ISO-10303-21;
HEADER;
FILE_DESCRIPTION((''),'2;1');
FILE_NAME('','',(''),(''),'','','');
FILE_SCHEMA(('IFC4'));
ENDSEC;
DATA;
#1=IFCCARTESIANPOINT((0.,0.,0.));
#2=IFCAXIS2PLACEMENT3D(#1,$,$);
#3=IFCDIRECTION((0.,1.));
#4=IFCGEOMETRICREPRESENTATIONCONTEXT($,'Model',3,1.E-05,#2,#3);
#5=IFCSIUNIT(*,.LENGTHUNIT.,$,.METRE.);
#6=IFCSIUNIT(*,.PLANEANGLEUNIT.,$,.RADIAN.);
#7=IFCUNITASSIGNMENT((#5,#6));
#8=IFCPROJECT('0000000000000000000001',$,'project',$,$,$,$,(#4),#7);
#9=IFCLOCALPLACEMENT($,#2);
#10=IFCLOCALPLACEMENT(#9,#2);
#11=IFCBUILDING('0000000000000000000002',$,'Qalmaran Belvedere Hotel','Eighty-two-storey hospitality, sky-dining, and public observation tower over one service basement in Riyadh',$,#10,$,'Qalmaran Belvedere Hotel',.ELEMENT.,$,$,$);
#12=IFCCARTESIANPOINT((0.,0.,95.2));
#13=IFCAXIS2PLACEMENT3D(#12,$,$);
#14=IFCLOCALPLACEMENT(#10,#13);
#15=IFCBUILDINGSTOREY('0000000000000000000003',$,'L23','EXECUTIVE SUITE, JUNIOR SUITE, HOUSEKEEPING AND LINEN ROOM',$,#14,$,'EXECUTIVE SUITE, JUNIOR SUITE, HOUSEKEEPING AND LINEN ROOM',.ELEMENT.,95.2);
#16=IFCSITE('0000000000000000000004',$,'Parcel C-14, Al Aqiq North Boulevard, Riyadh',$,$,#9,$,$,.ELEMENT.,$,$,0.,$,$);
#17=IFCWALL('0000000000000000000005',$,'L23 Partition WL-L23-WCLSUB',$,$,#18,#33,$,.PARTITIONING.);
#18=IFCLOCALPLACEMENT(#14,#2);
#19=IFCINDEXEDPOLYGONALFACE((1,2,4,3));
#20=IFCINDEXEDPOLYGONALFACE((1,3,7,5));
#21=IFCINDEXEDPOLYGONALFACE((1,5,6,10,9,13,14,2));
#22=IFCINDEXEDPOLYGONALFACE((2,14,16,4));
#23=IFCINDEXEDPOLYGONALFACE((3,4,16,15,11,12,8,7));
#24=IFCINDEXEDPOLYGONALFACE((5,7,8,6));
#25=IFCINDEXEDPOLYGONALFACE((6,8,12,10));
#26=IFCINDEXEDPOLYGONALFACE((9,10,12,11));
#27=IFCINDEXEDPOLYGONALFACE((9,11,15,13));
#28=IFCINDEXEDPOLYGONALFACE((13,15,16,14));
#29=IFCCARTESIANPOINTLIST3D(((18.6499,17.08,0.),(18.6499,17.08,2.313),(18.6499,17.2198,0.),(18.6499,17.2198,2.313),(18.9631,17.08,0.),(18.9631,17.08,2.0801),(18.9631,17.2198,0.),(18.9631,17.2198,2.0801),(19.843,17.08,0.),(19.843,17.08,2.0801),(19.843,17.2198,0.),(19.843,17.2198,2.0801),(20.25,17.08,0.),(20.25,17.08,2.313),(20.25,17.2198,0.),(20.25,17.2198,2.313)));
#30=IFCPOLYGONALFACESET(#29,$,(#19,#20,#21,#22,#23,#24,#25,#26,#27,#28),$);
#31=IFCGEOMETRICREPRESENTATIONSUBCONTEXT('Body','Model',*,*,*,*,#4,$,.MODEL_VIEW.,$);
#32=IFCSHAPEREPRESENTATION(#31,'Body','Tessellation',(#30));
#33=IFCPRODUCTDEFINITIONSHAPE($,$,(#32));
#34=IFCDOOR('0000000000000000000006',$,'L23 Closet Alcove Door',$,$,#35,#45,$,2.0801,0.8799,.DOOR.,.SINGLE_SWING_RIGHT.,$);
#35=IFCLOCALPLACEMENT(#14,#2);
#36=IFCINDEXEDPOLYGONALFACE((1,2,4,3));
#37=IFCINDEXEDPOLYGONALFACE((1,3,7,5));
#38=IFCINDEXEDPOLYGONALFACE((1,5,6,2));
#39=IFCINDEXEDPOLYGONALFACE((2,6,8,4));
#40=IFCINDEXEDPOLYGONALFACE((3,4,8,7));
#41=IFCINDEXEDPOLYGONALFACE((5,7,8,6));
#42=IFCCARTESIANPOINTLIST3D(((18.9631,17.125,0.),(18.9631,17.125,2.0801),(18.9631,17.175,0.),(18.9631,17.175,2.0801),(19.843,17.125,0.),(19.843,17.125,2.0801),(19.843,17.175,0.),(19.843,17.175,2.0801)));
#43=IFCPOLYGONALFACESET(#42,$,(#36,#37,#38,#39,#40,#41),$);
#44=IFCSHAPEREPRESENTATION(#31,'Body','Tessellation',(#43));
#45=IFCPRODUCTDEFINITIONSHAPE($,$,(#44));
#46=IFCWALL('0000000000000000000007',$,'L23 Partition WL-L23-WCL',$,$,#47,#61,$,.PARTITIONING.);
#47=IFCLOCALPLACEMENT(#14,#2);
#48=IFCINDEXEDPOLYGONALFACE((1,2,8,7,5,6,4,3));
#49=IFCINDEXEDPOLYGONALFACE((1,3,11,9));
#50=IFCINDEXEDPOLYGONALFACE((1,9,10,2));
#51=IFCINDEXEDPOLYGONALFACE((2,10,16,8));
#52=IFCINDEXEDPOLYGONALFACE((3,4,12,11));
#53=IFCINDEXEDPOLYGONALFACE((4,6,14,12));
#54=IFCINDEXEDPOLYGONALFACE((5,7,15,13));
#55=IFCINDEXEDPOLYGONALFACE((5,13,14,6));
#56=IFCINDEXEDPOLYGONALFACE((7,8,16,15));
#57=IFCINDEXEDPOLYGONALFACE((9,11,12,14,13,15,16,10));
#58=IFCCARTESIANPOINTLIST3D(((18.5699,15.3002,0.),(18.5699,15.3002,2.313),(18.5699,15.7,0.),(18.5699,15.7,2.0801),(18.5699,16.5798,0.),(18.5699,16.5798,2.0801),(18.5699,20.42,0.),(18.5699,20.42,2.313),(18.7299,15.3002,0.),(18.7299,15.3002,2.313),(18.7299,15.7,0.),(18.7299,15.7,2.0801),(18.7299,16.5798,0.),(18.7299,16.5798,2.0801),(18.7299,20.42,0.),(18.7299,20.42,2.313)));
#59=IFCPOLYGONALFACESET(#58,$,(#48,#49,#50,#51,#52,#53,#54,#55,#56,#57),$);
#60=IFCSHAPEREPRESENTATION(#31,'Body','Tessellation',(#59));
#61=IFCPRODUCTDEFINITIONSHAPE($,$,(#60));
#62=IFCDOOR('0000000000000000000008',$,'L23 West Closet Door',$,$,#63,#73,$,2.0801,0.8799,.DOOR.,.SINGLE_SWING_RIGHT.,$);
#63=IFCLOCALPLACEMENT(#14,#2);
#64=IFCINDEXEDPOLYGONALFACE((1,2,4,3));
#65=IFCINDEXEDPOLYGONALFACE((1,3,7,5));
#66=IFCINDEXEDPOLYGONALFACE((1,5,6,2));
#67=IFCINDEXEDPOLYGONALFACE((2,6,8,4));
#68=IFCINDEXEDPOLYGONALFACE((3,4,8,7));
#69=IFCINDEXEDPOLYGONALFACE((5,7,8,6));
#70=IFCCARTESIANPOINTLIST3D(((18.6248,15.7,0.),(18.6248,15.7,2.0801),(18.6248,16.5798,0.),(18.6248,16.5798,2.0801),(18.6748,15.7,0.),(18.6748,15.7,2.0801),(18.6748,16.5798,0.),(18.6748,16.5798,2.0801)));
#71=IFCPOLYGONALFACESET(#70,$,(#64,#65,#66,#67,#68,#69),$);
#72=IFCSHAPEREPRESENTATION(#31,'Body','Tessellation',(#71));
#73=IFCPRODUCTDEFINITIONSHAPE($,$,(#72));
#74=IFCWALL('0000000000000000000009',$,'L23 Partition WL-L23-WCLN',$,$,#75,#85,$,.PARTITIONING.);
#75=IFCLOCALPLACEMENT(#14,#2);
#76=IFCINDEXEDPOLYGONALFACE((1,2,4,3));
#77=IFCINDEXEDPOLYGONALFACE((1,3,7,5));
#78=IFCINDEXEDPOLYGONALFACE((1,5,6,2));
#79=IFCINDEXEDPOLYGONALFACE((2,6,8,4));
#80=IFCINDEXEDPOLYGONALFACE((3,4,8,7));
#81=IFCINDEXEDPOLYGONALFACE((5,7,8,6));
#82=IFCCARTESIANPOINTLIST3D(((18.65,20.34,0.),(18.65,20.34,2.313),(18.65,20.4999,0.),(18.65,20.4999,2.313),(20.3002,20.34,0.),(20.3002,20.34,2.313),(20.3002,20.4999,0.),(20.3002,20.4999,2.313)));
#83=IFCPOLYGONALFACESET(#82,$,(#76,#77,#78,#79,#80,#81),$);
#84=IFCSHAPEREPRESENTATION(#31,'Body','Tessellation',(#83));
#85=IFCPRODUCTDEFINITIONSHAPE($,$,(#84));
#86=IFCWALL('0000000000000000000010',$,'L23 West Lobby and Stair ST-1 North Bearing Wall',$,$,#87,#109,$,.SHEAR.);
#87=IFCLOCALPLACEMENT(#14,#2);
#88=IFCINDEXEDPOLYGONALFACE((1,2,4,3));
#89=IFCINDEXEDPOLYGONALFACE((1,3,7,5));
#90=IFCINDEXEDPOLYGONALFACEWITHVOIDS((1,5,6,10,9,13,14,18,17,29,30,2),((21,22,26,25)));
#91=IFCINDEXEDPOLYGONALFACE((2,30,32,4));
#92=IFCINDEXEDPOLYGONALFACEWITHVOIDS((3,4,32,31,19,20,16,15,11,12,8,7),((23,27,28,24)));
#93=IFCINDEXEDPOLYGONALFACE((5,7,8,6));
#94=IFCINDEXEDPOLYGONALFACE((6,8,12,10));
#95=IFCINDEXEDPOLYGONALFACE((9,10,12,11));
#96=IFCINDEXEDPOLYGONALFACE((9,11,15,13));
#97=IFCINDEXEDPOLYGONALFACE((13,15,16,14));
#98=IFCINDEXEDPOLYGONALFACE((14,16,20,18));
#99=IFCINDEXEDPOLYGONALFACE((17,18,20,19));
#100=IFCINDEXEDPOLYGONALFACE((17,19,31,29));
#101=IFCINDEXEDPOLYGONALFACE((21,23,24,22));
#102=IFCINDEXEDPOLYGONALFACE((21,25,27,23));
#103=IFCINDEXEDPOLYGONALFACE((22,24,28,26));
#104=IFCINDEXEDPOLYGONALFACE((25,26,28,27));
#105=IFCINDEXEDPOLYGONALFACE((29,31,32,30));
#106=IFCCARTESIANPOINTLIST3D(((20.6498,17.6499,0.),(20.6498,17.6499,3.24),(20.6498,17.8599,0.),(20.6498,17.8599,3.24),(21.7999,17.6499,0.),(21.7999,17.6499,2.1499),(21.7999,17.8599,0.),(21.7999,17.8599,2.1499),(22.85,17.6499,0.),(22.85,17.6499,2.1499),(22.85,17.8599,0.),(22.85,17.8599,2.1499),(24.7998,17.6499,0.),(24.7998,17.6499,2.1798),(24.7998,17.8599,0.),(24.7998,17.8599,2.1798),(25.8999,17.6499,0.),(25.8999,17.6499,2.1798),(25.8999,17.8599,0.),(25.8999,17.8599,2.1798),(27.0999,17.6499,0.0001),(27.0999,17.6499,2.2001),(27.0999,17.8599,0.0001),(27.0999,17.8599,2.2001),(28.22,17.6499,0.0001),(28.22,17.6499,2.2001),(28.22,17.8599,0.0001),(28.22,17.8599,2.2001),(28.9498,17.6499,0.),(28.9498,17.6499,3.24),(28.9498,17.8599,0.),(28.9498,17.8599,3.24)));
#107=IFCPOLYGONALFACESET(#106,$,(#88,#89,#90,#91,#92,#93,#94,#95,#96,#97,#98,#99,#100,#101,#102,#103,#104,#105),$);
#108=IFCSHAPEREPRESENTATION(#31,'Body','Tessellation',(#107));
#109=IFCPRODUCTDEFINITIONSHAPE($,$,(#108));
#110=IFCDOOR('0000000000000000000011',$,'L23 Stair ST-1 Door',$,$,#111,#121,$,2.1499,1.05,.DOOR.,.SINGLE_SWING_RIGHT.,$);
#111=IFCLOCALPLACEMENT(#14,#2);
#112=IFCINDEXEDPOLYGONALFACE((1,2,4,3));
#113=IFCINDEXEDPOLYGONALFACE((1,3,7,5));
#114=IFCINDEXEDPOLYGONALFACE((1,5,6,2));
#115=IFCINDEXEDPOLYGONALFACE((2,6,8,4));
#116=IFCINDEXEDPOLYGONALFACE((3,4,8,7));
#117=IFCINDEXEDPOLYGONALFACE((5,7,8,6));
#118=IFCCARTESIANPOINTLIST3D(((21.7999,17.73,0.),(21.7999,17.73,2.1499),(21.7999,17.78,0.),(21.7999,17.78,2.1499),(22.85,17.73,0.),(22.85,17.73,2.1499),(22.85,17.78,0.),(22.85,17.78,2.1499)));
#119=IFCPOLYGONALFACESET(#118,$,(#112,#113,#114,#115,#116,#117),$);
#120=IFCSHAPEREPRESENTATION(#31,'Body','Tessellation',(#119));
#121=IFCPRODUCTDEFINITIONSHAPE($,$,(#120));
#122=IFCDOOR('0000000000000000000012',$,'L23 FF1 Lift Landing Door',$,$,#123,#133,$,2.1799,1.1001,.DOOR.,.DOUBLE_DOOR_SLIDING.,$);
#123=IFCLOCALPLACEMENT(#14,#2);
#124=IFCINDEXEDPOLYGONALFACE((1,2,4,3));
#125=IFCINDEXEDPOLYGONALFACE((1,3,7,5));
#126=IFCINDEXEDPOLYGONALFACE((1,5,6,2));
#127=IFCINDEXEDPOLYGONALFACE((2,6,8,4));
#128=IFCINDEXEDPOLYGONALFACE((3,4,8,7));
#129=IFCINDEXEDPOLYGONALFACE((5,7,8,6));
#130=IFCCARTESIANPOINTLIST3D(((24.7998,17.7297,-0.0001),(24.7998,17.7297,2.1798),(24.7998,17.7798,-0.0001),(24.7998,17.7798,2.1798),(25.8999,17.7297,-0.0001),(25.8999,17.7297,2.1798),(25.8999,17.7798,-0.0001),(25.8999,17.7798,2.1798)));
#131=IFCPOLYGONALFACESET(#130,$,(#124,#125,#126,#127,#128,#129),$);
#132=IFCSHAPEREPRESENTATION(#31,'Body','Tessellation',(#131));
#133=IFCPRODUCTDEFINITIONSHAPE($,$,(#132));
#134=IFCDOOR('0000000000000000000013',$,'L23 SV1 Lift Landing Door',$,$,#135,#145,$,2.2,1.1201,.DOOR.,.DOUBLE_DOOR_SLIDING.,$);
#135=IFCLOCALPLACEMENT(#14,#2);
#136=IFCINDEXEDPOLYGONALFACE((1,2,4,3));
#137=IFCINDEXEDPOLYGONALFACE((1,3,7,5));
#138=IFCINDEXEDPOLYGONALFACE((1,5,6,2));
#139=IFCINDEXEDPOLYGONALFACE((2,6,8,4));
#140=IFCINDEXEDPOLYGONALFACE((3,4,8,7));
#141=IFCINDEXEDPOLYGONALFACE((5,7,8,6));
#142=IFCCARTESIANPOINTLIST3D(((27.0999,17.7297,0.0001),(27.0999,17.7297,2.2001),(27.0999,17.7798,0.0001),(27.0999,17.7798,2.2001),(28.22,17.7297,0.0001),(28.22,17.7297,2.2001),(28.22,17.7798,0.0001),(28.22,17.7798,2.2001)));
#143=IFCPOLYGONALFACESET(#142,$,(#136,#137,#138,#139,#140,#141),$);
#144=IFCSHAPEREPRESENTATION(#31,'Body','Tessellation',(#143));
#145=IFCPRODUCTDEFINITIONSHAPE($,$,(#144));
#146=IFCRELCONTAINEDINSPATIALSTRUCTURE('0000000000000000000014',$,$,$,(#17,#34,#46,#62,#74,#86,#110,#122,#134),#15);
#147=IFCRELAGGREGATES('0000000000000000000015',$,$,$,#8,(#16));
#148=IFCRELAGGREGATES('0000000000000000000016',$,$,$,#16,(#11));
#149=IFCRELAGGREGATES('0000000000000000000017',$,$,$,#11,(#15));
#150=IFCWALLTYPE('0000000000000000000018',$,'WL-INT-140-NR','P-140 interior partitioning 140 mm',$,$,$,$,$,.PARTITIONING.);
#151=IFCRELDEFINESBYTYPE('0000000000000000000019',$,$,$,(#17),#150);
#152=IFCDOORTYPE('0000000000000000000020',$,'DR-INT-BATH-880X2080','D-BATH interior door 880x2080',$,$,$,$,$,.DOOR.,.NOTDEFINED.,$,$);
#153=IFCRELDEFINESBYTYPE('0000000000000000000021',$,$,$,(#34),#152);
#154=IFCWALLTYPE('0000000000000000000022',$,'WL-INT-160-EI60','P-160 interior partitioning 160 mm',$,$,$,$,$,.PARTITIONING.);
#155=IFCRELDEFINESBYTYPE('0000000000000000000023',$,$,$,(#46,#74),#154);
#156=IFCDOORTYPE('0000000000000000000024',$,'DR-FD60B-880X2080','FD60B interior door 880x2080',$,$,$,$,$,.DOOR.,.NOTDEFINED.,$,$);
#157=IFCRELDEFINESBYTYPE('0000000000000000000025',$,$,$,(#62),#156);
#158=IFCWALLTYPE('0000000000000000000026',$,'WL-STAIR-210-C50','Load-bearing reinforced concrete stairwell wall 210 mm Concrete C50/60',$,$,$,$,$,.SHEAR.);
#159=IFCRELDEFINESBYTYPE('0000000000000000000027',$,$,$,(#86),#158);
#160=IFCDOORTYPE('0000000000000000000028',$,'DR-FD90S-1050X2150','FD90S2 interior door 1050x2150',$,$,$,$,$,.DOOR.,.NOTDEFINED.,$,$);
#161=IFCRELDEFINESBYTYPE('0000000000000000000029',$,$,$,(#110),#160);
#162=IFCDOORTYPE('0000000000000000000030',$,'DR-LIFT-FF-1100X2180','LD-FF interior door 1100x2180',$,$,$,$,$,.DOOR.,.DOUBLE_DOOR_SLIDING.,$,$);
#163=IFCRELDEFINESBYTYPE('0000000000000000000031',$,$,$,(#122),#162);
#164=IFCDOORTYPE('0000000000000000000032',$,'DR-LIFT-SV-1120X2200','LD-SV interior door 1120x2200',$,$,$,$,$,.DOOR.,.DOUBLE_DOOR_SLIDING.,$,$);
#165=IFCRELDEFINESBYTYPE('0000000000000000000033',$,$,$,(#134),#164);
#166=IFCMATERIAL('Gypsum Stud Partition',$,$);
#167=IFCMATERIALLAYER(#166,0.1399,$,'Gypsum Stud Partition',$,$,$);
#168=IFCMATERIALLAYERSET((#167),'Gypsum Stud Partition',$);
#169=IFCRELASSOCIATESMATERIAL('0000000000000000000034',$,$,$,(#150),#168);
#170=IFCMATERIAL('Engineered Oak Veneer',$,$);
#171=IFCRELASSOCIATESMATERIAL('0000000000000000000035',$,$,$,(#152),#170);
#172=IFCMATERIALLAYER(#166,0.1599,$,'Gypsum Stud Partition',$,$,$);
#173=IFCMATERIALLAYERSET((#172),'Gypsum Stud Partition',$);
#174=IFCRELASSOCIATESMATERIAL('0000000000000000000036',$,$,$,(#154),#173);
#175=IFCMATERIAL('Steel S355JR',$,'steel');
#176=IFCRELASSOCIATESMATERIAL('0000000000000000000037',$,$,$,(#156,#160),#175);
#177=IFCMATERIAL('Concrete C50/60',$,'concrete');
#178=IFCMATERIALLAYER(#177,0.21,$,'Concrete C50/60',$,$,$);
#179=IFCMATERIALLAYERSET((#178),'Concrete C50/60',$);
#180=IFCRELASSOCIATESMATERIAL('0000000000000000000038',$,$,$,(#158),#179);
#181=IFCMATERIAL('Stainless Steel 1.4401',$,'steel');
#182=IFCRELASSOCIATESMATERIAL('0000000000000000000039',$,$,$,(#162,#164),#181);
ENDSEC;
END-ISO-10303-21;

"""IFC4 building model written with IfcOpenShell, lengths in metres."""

from ifc_helpers import new_model, si_unit, direction, frame, frame_2d, origin, place, context, subcontext, project, spatial, rectangle, extrude, material, layer, layer_set, type_object, element, fill, save


model = new_model("IFC4")

# Units and contexts
model_context = context("Model", 3, precision=1e-05, world=origin(), true_north=direction((0.0, 1.0)))
body_context = subcontext(model_context, "Body", "Model", "MODEL_VIEW")
ifc_project = project(units=[si_unit("LENGTHUNIT", "METRE"), si_unit("PLANEANGLEUNIT", "RADIAN")], contexts=[model_context])

# Site, building, storey
site_placement = place(None, origin())
site = spatial("IfcSite", under=ifc_project, at=site_placement, Name="Parcel C-14, Al Aqiq North Boulevard, Riyadh", CompositionType="ELEMENT", RefElevation=0.0)
building_placement = place(site_placement, origin())
building = spatial("IfcBuilding", under=site, at=building_placement, Name="Qalmaran Belvedere Hotel", Description="Eighty-two-storey hospitality, sky-dining, and public observation tower over one service basement in Riyadh", LongName="Qalmaran Belvedere Hotel", CompositionType="ELEMENT")
storey_placement = place(building_placement, frame((0.0, 0.0, 95.2)))
storey = spatial("IfcBuildingStorey", under=building, at=storey_placement, Name="L23", Description="EXECUTIVE SUITE, JUNIOR SUITE, HOUSEKEEPING AND LINEN ROOM", LongName="EXECUTIVE SUITE, JUNIOR SUITE, HOUSEKEEPING AND LINEN ROOM", CompositionType="ELEMENT", Elevation=95.2)

# Walls, openings, doors
ifc_material_1 = material(Name="Gypsum Stud Partition")
ifc_layer_1 = layer(ifc_material_1, 0.1399, Name="Gypsum Stud Partition")
ifc_layer_set_1 = layer_set([ifc_layer_1], Name="Gypsum Stud Partition")
wall_type_1 = type_object("IfcWallType", Name="WL-INT-140-NR", Description="P-140 interior partitioning 140 mm", PredefinedType="PARTITIONING", material=ifc_layer_set_1)
wall_1_placement = place(storey_placement, frame((18.6499, 17.1499, 0.0), z_axis=(0.0, 0.0, 1.0), x_axis=(1.0, 0.0, 0.0)))
wall_1 = element("IfcWall", 1, at=wall_1_placement, inside=storey, type_object=wall_type_1, Name="L23 Partition WL-L23-WCLSUB", PredefinedType="PARTITIONING", context=body_context, shape_type="SweptSolid", body=[
    extrude(rectangle(XDim=1.6001, YDim=0.1399, at=frame_2d((0.8, 0.0))), origin(), (0.0, 0.0, 1.0), 2.313),
])
opening_1_placement = place(wall_1_placement, frame((1.1931, 0.0, 0.0), z_axis=(0.0, 0.0, 1.0), x_axis=(-1.0, 0.0, 0.0)))
opening_1 = element("IfcOpeningElement", 2, at=opening_1_placement, cuts=wall_1, PredefinedType="OPENING", context=body_context, shape_type="SweptSolid", body=[
    extrude(rectangle(XDim=0.8799, YDim=2.0801, at=frame_2d((0.4399, 1.04))), frame((0.0, 0.0801, 0.0), z_axis=(0.0, -1.0, 0.0), x_axis=(1.0, 0.0, 0.0)), (0.0, 0.0, 1.0), 0.1599),
])
ifc_material_2 = material(Name="Engineered Oak Veneer")
door_type_1 = type_object("IfcDoorType", Name="DR-INT-BATH-880X2080", Description="D-BATH interior door 880x2080", OperationType="NOTDEFINED", PredefinedType="DOOR", material=ifc_material_2)
door_1_placement = place(opening_1_placement, origin())
door_1 = element("IfcDoor", 3, at=door_1_placement, inside=storey, type_object=door_type_1, Name="L23 Closet Alcove Door", OperationType="SINGLE_SWING_RIGHT", OverallHeight=2.0801, OverallWidth=0.8799, PredefinedType="DOOR", context=body_context, shape_type="SweptSolid", body=[
    extrude(rectangle(XDim=0.8799, YDim=2.0801, at=frame_2d((0.4399, 1.04))), frame((0.0, 0.0249, 0.0), z_axis=(0.0, -1.0, 0.0), x_axis=(1.0, 0.0, 0.0)), (0.0, 0.0, 1.0), 0.05),
])
fill(opening_1, door_1)
ifc_layer_2 = layer(ifc_material_1, 0.1599, Name="Gypsum Stud Partition")
ifc_layer_set_2 = layer_set([ifc_layer_2], Name="Gypsum Stud Partition")
wall_type_2 = type_object("IfcWallType", Name="WL-INT-160-EI60", Description="P-160 interior partitioning 160 mm", PredefinedType="PARTITIONING", material=ifc_layer_set_2)
wall_2_placement = place(storey_placement, frame((18.6499, 15.3, 0.0), z_axis=(0.0, 0.0, 1.0), x_axis=(0.0, 1.0, 0.0)))
wall_2 = element("IfcWall", 4, at=wall_2_placement, inside=storey, type_object=wall_type_2, Name="L23 Partition WL-L23-WCL", PredefinedType="PARTITIONING", context=body_context, shape_type="SweptSolid", body=[
    extrude(rectangle(XDim=5.1199, YDim=0.1599, at=frame_2d((2.5601, 0.0))), origin(), (0.0, 0.0, 1.0), 2.313),
])
opening_2_placement = place(wall_2_placement, frame((1.2798, 0.0, 0.0), z_axis=(0.0, 0.0, 1.0), x_axis=(-1.0, 0.0, 0.0)))
opening_2 = element("IfcOpeningElement", 5, at=opening_2_placement, cuts=wall_2, PredefinedType="OPENING", context=body_context, shape_type="SweptSolid", body=[
    extrude(rectangle(XDim=0.8799, YDim=2.0801, at=frame_2d((0.4399, 1.04))), frame((0.0, 0.0898, 0.0), z_axis=(0.0, -1.0, 0.0), x_axis=(1.0, 0.0, 0.0)), (0.0, 0.0, 1.0), 0.1799),
])
ifc_material_3 = material(Name="Steel S355JR", Category="steel")
door_type_2 = type_object("IfcDoorType", Name="DR-FD60B-880X2080", Description="FD60B interior door 880x2080", OperationType="NOTDEFINED", PredefinedType="DOOR", material=ifc_material_3)
door_2_placement = place(opening_2_placement, origin())
door_2 = element("IfcDoor", 6, at=door_2_placement, inside=storey, type_object=door_type_2, Name="L23 West Closet Door", OperationType="SINGLE_SWING_RIGHT", OverallHeight=2.0801, OverallWidth=0.8799, PredefinedType="DOOR", context=body_context, shape_type="SweptSolid", body=[
    extrude(rectangle(XDim=0.8799, YDim=2.0801, at=frame_2d((0.4399, 1.04))), frame((0.0, 0.0249, 0.0), z_axis=(0.0, -1.0, 0.0), x_axis=(1.0, 0.0, 0.0)), (0.0, 0.0, 1.0), 0.05),
])
fill(opening_2, door_2)

# Wall
wall_3_placement = place(storey_placement, frame((18.6499, 20.4199, 0.0), z_axis=(0.0, 0.0, 1.0), x_axis=(1.0, 0.0, 0.0)))
element("IfcWall", 7, at=wall_3_placement, inside=storey, type_object=wall_type_2, Name="L23 Partition WL-L23-WCLN", PredefinedType="PARTITIONING", context=body_context, shape_type="SweptSolid", body=[
    extrude(rectangle(XDim=1.6501, YDim=0.1599, at=frame_2d((0.8252, 0.0))), origin(), (0.0, 0.0, 1.0), 2.313),
])

# Wall, openings, doors
ifc_material_4 = material(Name="Concrete C50/60", Category="concrete")
ifc_layer_3 = layer(ifc_material_4, 0.21, Name="Concrete C50/60")
ifc_layer_set_3 = layer_set([ifc_layer_3], Name="Concrete C50/60")
wall_type_3 = type_object("IfcWallType", Name="WL-STAIR-210-C50", Description="Load-bearing reinforced concrete stairwell wall 210 mm Concrete C50/60", PredefinedType="SHEAR", material=ifc_layer_set_3)
wall_4_placement = place(storey_placement, frame((20.6499, 17.7549, 0.0), z_axis=(0.0, 0.0, 1.0), x_axis=(1.0, 0.0, 0.0)))
wall_4 = element("IfcWall", 8, at=wall_4_placement, inside=storey, type_object=wall_type_3, Name="L23 West Lobby and Stair ST-1 North Bearing Wall", PredefinedType="SHEAR", context=body_context, shape_type="SweptSolid", body=[
    extrude(rectangle(XDim=8.3, YDim=0.21, at=frame_2d((4.1499, 0.0))), origin(), (0.0, 0.0, 1.0), 3.24),
])
opening_3_placement = place(wall_4_placement, frame((2.2, 0.0, 0.0), z_axis=(0.0, 0.0, 1.0), x_axis=(-1.0, 0.0, 0.0)))
opening_3 = element("IfcOpeningElement", 9, at=opening_3_placement, cuts=wall_4, PredefinedType="OPENING", context=body_context, shape_type="SweptSolid", body=[
    extrude(rectangle(XDim=1.05, YDim=2.1499, at=frame_2d((0.5249, 1.075))), frame((0.0, 0.115, 0.0), z_axis=(0.0, -1.0, 0.0), x_axis=(1.0, 0.0, 0.0)), (0.0, 0.0, 1.0), 0.23),
])
opening_4_placement = place(wall_4_placement, frame((4.1499, 0.0, 0.0)))
opening_4 = element("IfcOpeningElement", 10, at=opening_4_placement, cuts=wall_4, PredefinedType="OPENING", context=body_context, shape_type="SweptSolid", body=[
    extrude(rectangle(XDim=1.1001, YDim=2.1799, at=frame_2d((0.55, 1.0898))), frame((0.0, 0.115, 0.0), z_axis=(0.0, -1.0, 0.0), x_axis=(1.0, 0.0, 0.0)), (0.0, 0.0, 1.0), 0.23),
])
opening_5_placement = place(wall_4_placement, frame((6.45, 0.0, 0.0)))
opening_5 = element("IfcOpeningElement", 11, at=opening_5_placement, cuts=wall_4, PredefinedType="OPENING", context=body_context, shape_type="SweptSolid", body=[
    extrude(rectangle(XDim=1.1201, YDim=2.2, at=frame_2d((0.5601, 1.1001))), frame((0.0, 0.115, 0.0), z_axis=(0.0, -1.0, 0.0), x_axis=(1.0, 0.0, 0.0)), (0.0, 0.0, 1.0), 0.23),
])
door_type_3 = type_object("IfcDoorType", Name="DR-FD90S-1050X2150", Description="FD90S2 interior door 1050x2150", OperationType="NOTDEFINED", PredefinedType="DOOR", material=ifc_material_3)
door_3_placement = place(opening_3_placement, origin())
door_3 = element("IfcDoor", 12, at=door_3_placement, inside=storey, type_object=door_type_3, Name="L23 Stair ST-1 Door", OperationType="SINGLE_SWING_RIGHT", OverallHeight=2.1499, OverallWidth=1.05, PredefinedType="DOOR", context=body_context, shape_type="SweptSolid", body=[
    extrude(rectangle(XDim=1.05, YDim=2.1499, at=frame_2d((0.5249, 1.075))), frame((0.0, 0.0249, 0.0), z_axis=(0.0, -1.0, 0.0), x_axis=(1.0, 0.0, 0.0)), (0.0, 0.0, 1.0), 0.05),
])
fill(opening_3, door_3)
ifc_material_5 = material(Name="Stainless Steel 1.4401", Category="steel")
door_type_4 = type_object("IfcDoorType", Name="DR-LIFT-FF-1100X2180", Description="LD-FF interior door 1100x2180", OperationType="DOUBLE_DOOR_SLIDING", PredefinedType="DOOR", material=ifc_material_5)
door_4_placement = place(opening_4_placement, origin())
door_4 = element("IfcDoor", 13, at=door_4_placement, inside=storey, type_object=door_type_4, Name="L23 FF1 Lift Landing Door", OperationType="DOUBLE_DOOR_SLIDING", OverallHeight=2.1799, OverallWidth=1.1001, PredefinedType="DOOR", context=body_context, shape_type="SweptSolid", body=[
    extrude(rectangle(XDim=1.1001, YDim=2.1799, at=frame_2d((0.55, 1.0898))), frame((0.0, 0.0249, 0.0), z_axis=(0.0, -1.0, 0.0), x_axis=(1.0, 0.0, 0.0)), (0.0, 0.0, 1.0), 0.05),
])
fill(opening_4, door_4)
door_type_5 = type_object("IfcDoorType", Name="DR-LIFT-SV-1120X2200", Description="LD-SV interior door 1120x2200", OperationType="DOUBLE_DOOR_SLIDING", PredefinedType="DOOR", material=ifc_material_5)
door_5_placement = place(opening_5_placement, origin())
door_5 = element("IfcDoor", 14, at=door_5_placement, inside=storey, type_object=door_type_5, Name="L23 SV1 Lift Landing Door", OperationType="DOUBLE_DOOR_SLIDING", OverallHeight=2.2, OverallWidth=1.1201, PredefinedType="DOOR", context=body_context, shape_type="SweptSolid", body=[
    extrude(rectangle(XDim=1.1201, YDim=2.2, at=frame_2d((0.5601, 1.1001))), frame((0.0, 0.0249, 0.0), z_axis=(0.0, -1.0, 0.0), x_axis=(1.0, 0.0, 0.0)), (0.0, 0.0, 1.0), 0.05),
])
fill(opening_5, door_5)

save(model, "model.ifc")
